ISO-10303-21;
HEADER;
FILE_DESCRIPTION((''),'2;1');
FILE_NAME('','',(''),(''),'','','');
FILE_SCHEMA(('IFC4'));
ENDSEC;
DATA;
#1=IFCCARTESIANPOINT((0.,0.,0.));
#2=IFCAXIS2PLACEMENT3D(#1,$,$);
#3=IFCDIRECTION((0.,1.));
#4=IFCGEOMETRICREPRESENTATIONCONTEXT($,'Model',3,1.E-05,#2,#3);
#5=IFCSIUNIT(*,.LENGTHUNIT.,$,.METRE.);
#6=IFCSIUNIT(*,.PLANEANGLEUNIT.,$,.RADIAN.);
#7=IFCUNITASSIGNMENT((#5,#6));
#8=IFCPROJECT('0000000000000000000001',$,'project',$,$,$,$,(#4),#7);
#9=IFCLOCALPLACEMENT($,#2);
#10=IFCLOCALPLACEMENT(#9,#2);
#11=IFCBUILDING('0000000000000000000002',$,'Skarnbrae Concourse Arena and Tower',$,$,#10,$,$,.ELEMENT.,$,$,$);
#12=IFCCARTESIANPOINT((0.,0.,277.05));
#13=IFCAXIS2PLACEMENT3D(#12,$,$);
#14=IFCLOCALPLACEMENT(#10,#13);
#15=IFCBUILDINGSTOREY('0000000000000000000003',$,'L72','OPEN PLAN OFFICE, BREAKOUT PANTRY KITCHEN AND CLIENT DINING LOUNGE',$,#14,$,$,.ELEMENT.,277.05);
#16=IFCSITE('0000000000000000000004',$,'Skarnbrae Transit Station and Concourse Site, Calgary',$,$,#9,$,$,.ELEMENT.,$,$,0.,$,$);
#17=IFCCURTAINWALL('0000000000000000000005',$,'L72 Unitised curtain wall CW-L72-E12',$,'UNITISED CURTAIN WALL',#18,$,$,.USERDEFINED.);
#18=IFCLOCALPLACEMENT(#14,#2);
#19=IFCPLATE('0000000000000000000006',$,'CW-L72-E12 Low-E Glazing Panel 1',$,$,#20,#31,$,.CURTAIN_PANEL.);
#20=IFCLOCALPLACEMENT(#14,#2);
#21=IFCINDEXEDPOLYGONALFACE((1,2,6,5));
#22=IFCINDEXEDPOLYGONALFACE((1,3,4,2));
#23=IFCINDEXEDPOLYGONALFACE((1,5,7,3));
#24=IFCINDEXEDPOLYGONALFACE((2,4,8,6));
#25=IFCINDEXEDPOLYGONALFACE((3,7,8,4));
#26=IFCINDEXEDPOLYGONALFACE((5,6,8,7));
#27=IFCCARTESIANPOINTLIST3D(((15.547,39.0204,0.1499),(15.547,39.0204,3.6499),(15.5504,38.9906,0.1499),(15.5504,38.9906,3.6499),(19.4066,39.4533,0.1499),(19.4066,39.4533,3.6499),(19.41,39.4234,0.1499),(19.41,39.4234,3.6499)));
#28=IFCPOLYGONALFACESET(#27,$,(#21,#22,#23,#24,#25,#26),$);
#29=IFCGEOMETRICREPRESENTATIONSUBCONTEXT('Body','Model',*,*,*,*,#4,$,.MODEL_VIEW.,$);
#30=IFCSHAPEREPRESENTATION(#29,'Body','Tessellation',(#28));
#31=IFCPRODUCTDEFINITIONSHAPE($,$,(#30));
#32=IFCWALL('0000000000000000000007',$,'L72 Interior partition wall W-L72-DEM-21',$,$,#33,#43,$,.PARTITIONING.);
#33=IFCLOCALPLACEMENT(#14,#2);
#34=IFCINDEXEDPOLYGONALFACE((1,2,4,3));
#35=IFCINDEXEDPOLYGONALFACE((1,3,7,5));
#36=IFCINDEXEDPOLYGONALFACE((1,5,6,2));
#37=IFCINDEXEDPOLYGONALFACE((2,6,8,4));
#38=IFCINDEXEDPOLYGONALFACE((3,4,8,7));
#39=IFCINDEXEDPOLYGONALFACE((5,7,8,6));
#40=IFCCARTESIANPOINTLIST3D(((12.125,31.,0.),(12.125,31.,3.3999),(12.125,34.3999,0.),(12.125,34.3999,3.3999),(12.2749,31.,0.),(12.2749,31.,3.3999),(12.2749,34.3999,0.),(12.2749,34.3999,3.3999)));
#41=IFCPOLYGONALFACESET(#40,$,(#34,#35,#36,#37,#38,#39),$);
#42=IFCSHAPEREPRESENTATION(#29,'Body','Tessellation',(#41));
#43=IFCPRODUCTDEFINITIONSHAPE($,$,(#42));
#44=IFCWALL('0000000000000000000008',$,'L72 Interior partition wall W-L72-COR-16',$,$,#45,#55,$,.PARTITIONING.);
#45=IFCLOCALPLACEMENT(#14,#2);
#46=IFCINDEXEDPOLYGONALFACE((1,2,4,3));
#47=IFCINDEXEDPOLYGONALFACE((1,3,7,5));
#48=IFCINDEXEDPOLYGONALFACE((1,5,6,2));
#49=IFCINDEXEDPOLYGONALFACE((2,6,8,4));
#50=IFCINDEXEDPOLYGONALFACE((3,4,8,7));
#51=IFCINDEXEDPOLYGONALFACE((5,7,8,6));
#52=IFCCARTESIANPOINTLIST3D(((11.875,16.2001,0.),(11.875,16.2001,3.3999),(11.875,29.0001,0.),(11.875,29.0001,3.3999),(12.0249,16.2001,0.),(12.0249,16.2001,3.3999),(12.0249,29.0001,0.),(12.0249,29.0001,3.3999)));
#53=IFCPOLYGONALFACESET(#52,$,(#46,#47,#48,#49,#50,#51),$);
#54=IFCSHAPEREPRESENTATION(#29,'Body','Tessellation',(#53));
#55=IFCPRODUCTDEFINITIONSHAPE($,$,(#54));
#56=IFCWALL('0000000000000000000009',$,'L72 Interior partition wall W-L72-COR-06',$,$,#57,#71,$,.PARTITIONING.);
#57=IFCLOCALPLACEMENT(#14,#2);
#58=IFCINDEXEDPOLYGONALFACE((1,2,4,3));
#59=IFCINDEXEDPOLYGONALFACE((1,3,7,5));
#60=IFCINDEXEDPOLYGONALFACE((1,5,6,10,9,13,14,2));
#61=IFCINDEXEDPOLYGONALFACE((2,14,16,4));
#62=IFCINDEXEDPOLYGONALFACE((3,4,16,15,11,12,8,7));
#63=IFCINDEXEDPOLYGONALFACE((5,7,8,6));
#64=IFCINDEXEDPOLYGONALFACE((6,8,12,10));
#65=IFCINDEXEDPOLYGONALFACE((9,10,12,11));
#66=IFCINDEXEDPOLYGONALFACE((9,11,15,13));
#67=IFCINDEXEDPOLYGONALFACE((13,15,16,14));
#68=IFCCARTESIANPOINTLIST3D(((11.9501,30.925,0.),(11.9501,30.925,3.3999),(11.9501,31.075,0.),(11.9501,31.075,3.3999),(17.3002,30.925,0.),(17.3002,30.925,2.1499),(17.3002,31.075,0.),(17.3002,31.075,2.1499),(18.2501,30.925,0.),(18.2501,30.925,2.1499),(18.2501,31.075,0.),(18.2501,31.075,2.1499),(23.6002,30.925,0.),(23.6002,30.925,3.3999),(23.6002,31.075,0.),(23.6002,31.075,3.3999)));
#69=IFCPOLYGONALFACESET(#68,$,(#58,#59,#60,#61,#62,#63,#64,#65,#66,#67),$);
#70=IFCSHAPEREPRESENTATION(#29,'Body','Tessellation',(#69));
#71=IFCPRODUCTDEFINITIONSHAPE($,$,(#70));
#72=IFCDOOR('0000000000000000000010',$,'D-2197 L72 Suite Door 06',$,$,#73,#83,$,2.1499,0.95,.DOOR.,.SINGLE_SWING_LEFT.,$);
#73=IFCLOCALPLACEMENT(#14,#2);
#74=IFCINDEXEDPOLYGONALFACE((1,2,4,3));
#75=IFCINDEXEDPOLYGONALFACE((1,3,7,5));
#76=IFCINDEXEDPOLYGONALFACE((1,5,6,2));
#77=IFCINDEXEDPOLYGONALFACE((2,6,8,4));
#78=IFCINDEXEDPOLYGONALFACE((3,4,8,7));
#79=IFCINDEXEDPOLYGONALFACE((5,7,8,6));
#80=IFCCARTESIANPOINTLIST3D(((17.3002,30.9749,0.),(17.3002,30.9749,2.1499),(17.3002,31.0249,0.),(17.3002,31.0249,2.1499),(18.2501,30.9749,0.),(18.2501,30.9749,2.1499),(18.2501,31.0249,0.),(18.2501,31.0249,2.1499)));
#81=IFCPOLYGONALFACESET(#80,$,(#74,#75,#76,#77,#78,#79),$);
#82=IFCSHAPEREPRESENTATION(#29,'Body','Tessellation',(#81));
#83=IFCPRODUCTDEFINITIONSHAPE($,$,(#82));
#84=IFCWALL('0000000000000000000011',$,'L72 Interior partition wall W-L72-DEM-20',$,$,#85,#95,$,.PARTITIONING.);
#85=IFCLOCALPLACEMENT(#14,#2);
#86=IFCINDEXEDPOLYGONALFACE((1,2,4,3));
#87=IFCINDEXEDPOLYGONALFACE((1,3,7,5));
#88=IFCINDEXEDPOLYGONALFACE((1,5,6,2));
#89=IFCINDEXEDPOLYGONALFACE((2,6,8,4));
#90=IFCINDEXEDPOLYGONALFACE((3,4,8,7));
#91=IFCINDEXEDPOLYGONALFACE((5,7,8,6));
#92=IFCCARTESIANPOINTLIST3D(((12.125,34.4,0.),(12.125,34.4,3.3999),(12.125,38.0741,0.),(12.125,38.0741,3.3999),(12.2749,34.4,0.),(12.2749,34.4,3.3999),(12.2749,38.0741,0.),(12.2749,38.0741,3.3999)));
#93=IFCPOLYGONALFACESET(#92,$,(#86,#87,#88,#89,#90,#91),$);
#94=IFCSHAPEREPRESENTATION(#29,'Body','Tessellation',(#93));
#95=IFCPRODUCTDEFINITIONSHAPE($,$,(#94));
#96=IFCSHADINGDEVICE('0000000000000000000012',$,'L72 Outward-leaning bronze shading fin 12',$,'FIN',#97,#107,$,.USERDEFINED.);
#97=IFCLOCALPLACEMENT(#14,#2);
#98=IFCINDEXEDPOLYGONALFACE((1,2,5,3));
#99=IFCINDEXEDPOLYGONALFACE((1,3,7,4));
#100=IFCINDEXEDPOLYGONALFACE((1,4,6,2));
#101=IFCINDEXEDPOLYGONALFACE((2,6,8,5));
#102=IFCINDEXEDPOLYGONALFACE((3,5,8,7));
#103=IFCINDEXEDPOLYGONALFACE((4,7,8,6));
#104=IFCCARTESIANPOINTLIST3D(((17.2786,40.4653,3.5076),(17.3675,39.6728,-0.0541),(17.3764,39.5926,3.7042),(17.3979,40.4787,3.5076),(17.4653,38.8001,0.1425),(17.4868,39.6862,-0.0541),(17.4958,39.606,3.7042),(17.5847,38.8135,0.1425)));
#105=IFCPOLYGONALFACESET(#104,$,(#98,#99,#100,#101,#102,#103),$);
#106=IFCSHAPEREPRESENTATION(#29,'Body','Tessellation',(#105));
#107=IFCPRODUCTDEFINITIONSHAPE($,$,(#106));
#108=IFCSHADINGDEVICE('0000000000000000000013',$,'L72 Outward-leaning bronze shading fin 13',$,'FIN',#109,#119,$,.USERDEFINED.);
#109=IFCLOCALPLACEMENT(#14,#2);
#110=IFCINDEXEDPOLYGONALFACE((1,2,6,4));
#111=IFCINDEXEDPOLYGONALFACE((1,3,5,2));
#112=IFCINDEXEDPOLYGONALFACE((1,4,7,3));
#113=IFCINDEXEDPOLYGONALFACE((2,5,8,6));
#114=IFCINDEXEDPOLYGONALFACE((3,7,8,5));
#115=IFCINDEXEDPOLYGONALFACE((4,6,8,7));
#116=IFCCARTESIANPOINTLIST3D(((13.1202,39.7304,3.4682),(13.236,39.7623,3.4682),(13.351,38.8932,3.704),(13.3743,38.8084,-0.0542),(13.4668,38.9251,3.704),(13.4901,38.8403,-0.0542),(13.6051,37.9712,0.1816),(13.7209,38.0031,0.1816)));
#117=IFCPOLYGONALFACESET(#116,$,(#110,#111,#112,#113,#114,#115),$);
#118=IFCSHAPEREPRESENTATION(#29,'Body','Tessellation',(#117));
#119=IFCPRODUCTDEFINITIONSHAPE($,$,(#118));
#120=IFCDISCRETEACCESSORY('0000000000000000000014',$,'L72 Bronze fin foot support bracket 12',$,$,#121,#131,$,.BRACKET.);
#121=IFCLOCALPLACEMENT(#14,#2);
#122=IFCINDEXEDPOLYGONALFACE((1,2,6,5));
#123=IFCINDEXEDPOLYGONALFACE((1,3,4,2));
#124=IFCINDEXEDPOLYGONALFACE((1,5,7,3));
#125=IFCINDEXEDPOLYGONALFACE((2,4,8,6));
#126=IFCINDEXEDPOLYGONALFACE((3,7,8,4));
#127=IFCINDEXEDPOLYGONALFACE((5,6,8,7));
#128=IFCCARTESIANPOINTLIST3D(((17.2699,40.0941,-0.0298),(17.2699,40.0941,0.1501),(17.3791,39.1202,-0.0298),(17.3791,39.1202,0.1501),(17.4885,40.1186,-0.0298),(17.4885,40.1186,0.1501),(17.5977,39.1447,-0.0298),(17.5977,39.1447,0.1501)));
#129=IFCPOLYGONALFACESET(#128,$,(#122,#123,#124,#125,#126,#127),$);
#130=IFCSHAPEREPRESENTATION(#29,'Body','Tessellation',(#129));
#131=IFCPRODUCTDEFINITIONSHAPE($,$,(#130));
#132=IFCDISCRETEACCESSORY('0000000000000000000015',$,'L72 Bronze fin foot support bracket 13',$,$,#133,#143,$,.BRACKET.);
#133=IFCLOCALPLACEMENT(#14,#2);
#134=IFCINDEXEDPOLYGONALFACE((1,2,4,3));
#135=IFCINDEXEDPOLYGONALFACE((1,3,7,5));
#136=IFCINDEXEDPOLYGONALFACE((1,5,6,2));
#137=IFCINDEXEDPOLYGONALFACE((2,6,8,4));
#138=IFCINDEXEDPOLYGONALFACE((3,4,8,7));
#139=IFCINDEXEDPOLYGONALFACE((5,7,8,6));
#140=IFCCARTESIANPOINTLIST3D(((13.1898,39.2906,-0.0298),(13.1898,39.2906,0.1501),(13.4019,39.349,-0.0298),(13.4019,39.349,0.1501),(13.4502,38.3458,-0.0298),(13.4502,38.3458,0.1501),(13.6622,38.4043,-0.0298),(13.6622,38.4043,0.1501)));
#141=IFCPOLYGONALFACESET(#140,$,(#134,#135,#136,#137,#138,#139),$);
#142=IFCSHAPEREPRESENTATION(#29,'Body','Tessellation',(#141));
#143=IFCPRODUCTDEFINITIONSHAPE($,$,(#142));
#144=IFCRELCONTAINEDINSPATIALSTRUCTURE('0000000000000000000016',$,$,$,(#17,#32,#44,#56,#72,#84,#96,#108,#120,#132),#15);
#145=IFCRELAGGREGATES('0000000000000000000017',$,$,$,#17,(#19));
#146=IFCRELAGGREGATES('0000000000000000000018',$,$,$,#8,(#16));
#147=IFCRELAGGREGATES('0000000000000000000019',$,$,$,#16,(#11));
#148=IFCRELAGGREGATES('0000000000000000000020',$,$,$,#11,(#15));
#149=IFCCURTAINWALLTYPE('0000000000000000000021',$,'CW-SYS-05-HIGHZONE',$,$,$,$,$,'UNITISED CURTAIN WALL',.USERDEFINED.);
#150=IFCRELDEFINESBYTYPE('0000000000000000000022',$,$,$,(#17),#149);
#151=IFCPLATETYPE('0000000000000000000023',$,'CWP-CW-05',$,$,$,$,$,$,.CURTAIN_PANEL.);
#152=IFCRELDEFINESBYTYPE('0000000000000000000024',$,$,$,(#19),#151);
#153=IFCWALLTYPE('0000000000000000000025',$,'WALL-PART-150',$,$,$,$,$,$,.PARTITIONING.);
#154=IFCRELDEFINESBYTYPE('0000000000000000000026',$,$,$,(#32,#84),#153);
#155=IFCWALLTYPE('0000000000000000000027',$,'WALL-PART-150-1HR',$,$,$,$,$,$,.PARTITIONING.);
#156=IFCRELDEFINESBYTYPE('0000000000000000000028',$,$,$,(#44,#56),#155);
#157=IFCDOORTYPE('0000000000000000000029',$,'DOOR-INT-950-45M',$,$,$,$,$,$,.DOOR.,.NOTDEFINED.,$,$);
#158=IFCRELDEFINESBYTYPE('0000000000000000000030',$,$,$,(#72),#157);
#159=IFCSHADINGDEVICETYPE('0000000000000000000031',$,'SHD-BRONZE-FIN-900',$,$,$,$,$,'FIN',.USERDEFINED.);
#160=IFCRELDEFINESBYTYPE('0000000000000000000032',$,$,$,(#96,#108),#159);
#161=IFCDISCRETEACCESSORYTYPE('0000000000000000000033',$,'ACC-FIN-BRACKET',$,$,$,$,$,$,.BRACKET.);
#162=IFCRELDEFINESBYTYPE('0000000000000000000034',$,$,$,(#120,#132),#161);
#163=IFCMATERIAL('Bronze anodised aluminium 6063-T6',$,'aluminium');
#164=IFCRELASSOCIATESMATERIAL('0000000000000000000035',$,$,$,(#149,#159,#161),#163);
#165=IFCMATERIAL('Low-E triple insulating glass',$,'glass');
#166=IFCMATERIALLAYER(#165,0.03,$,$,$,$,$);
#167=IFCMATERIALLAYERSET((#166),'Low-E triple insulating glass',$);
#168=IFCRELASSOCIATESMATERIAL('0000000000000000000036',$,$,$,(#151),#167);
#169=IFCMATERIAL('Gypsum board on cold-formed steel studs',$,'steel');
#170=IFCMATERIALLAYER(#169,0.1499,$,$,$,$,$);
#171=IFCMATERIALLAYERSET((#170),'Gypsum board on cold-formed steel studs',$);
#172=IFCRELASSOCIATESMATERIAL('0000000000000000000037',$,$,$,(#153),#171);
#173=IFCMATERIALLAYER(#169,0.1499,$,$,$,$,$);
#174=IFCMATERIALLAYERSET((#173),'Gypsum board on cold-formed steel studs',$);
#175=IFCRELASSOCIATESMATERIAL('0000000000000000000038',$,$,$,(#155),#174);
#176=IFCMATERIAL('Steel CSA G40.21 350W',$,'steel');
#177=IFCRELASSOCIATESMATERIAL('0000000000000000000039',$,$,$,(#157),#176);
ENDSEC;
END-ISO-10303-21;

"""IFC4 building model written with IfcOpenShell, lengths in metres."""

from ifc_helpers import new_model, si_unit, direction, frame, frame_2d, origin, origin_2d, place, context, subcontext, project, spatial, rectangle, extrude, source, transform, mapped, material, layer, layer_set, type_object, element, fill, aggregate, save


model = new_model("IFC4")

# Units and contexts
model_context = context("Model", 3, precision=1e-05, world=origin(), true_north=direction((0.0, 1.0)))
body_context = subcontext(model_context, "Body", "Model", "MODEL_VIEW")
ifc_project = project(units=[si_unit("LENGTHUNIT", "METRE"), si_unit("PLANEANGLEUNIT", "RADIAN")], contexts=[model_context])

# Site, building, storey
site_placement = place(None, origin())
site = spatial("IfcSite", under=ifc_project, at=site_placement, Name="Skarnbrae Transit Station and Concourse Site, Calgary", CompositionType="ELEMENT", RefElevation=0.0)
building_placement = place(site_placement, origin())
building = spatial("IfcBuilding", under=site, at=building_placement, Name="Skarnbrae Concourse Arena and Tower", CompositionType="ELEMENT")
storey_placement = place(building_placement, frame((0.0, 0.0, 277.05)))
storey = spatial("IfcBuildingStorey", under=building, at=storey_placement, Name="L72", Description="OPEN PLAN OFFICE, BREAKOUT PANTRY KITCHEN AND CLIENT DINING LOUNGE", CompositionType="ELEMENT", Elevation=277.05)

# Shared definitions
ifc_material_1 = material(Name="Steel CSA G40.21 350W", Category="steel")

# Shared definitions
ifc_material_2 = material(Name="Bronze anodised aluminium 6063-T6", Category="aluminium")
curtain_wall_type = type_object("IfcCurtainWallType", Name="CW-SYS-05-HIGHZONE", ElementType="UNITISED CURTAIN WALL", PredefinedType="USERDEFINED", material=ifc_material_2)

# Curtain wall
curtain_wall_1_placement = place(storey_placement, origin())
curtain_wall_1 = element("IfcCurtainWall", 1, at=curtain_wall_1_placement, inside=storey, type_object=curtain_wall_type, Name="L72 Unitised curtain wall CW-L72-E12", ObjectType="UNITISED CURTAIN WALL", PredefinedType="USERDEFINED")

# Plate
ifc_material_3 = material(Name="Low-E triple insulating glass", Category="glass")
ifc_layer_1 = layer(ifc_material_3, 0.03)
ifc_layer_set_1 = layer_set([ifc_layer_1], Name="Low-E triple insulating glass")
plate_type = type_object("IfcPlateType", Name="CWP-CW-05", PredefinedType="CURTAIN_PANEL", material=ifc_layer_set_1)
shared_shape_1 = source(origin(), body_context, "Body", "SweptSolid", [
    extrude(rectangle(XDim=3.8838, YDim=0.03, at=origin_2d()), origin(), (0.0, 0.0, 1.0), 3.5),
])
plate_1_placement = place(storey_placement, frame((17.4785, 39.2219, 0.1499), z_axis=(0.0, 0.0, 1.0), x_axis=(-0.993769, -0.11146, 0.0)))
plate_1 = element("IfcPlate", 2, at=plate_1_placement, type_object=plate_type, Name="CW-L72-E12 Low-E Glazing Panel 1", PredefinedType="CURTAIN_PANEL", context=body_context, shape_type="MappedRepresentation", body=[
    mapped(shared_shape_1, transform((0.0, 0.0, 0.0))),
])
aggregate(curtain_wall_1, [plate_1])

# Walls
ifc_material_4 = material(Name="Gypsum board on cold-formed steel studs", Category="steel")
ifc_layer_2 = layer(ifc_material_4, 0.1499)
ifc_layer_set_2 = layer_set([ifc_layer_2], Name="Gypsum board on cold-formed steel studs")
wall_type_1 = type_object("IfcWallType", Name="WALL-PART-150", PredefinedType="PARTITIONING", material=ifc_layer_set_2)
shared_shape_2 = source(origin(), body_context, "Body", "SweptSolid", [
    extrude(rectangle(XDim=3.3999, YDim=0.1499, at=frame_2d((1.7, 0.0))), origin(), (0.0, 0.0, 1.0), 3.3999),
])
wall_1_placement = place(storey_placement, frame((12.2, 34.3999, 0.0), z_axis=(0.0, 0.0, 1.0), x_axis=(0.0, -1.0, 0.0)))
element("IfcWall", 3, at=wall_1_placement, inside=storey, type_object=wall_type_1, Name="L72 Interior partition wall W-L72-DEM-21", PredefinedType="PARTITIONING", context=body_context, shape_type="MappedRepresentation", body=[
    mapped(shared_shape_2, transform((0.0, 0.0, 0.0))),
])
ifc_layer_3 = layer(ifc_material_4, 0.1499)
ifc_layer_set_3 = layer_set([ifc_layer_3], Name="Gypsum board on cold-formed steel studs")
wall_type_2 = type_object("IfcWallType", Name="WALL-PART-150-1HR", PredefinedType="PARTITIONING", material=ifc_layer_set_3)
shared_shape_3 = source(origin(), body_context, "Body", "SweptSolid", [
    extrude(rectangle(XDim=12.8, YDim=0.1499, at=frame_2d((6.3999, 0.0))), origin(), (0.0, 0.0, 1.0), 3.3999),
])
wall_2_placement = place(storey_placement, frame((11.95, 29.0, 0.0), z_axis=(0.0, 0.0, 1.0), x_axis=(0.0, -1.0, 0.0)))
element("IfcWall", 4, at=wall_2_placement, inside=storey, type_object=wall_type_2, Name="L72 Interior partition wall W-L72-COR-16", PredefinedType="PARTITIONING", context=body_context, shape_type="MappedRepresentation", body=[
    mapped(shared_shape_3, transform((0.0, 0.0, 0.0))),
])

# Wall, opening, door
shared_shape_4 = source(origin(), body_context, "Body", "SweptSolid", [
    extrude(rectangle(XDim=11.6501, YDim=0.1499, at=frame_2d((5.8252, 0.0))), origin(), (0.0, 0.0, 1.0), 3.3999),
])
wall_3_placement = place(storey_placement, frame((11.95, 31.0, 0.0), z_axis=(0.0, 0.0, 1.0), x_axis=(1.0, 0.0, 0.0)))
wall_3 = element("IfcWall", 5, at=wall_3_placement, inside=storey, type_object=wall_type_2, Name="L72 Interior partition wall W-L72-COR-06", PredefinedType="PARTITIONING", context=body_context, shape_type="MappedRepresentation", body=[
    mapped(shared_shape_4, transform((0.0, 0.0, 0.0))),
])
opening_placement = place(wall_3_placement, frame((5.3501, 0.0, 0.0)))
opening = element("IfcOpeningElement", 6, at=opening_placement, cuts=wall_3, PredefinedType="OPENING", context=body_context, shape_type="SweptSolid", body=[
    extrude(rectangle(XDim=0.95, YDim=2.1499, at=frame_2d((0.4751, 1.075))), frame((0.0, 0.085, 0.0), z_axis=(0.0, -1.0, 0.0), x_axis=(1.0, 0.0, 0.0)), (0.0, 0.0, 1.0), 0.1699),
])
door_type = type_object("IfcDoorType", Name="DOOR-INT-950-45M", OperationType="NOTDEFINED", PredefinedType="DOOR", material=ifc_material_1)
shared_shape_5 = source(origin(), body_context, "Body", "SweptSolid", [
    extrude(rectangle(XDim=0.95, YDim=2.1499, at=frame_2d((0.4751, 1.075))), frame((0.0, 0.0249, 0.0), z_axis=(0.0, -1.0, 0.0), x_axis=(1.0, 0.0, 0.0)), (0.0, 0.0, 1.0), 0.05),
])
door_placement = place(opening_placement, origin())
door = element("IfcDoor", 7, at=door_placement, inside=storey, type_object=door_type, Name="D-2197 L72 Suite Door 06", OperationType="SINGLE_SWING_LEFT", OverallHeight=2.1499, OverallWidth=0.95, PredefinedType="DOOR", context=body_context, shape_type="MappedRepresentation", body=[
    mapped(shared_shape_5, transform((0.0, 0.0, 0.0))),
])
fill(opening, door)

# Wall
shared_shape_6 = source(origin(), body_context, "Body", "SweptSolid", [
    extrude(rectangle(XDim=3.6741, YDim=0.1499, at=frame_2d((1.8369, 0.0))), origin(), (0.0, 0.0, 1.0), 3.3999),
])
wall_4_placement = place(storey_placement, frame((12.2, 38.074, 0.0), z_axis=(0.0, 0.0, 1.0), x_axis=(0.0, -1.0, 0.0)))
element("IfcWall", 8, at=wall_4_placement, inside=storey, type_object=wall_type_1, Name="L72 Interior partition wall W-L72-DEM-20", PredefinedType="PARTITIONING", context=body_context, shape_type="MappedRepresentation", body=[
    mapped(shared_shape_6, transform((0.0, 0.0, 0.0))),
])

# Shading devices
shading_device_type = type_object("IfcShadingDeviceType", Name="SHD-BRONZE-FIN-900", ElementType="FIN", PredefinedType="USERDEFINED", material=ifc_material_2)
shared_shape_7 = source(origin(), body_context, "Body", "SweptSolid", [
    extrude(rectangle(XDim=0.1201, YDim=0.8999, at=origin_2d()), origin(), (0.0, 0.0, 1.0), 3.6499),
])
for number, where, z_axis, x_axis, name in (
    (9, (17.4761, 39.2432, 0.0442), (-0.02435, 0.217123, 0.975841), (0.99377, 0.111452, 0.0), "L72 Outward-leaning bronze shading fin 12"),
    (10, (13.5476, 38.4058, 0.0637), (-0.069616, 0.252603, 0.965062), (0.964058, 0.265691, 0.0), "L72 Outward-leaning bronze shading fin 13"),
):
    element("IfcShadingDevice", number, at=place(storey_placement, frame(where, z_axis=z_axis, x_axis=x_axis)), inside=storey, type_object=shading_device_type, Name=name, ObjectType="FIN", PredefinedType="USERDEFINED", context=body_context, shape_type="MappedRepresentation", body=[
        mapped(shared_shape_7, transform((0.0, 0.0, 0.0))),
    ])

# Discrete accessories
discrete_accessory_type = type_object("IfcDiscreteAccessoryType", Name="ACC-FIN-BRACKET", PredefinedType="BRACKET", material=ifc_material_2)
shared_shape_8 = source(origin(), body_context, "Body", "SweptSolid", [
    extrude(rectangle(XDim=0.22, YDim=0.98, at=origin_2d()), origin(), (0.0, 0.0, 1.0), 0.1799),
])
for number, where, z_axis, x_axis, name in (
    (11, (17.4338, 39.6194, -0.0298), (0.0, 0.0, 1.0), (0.99377, 0.111452, 0.0), "L72 Bronze fin foot support bracket 12"),
    (12, (13.426, 38.8474, -0.0298), (0.0, 0.0, 1.0), (0.964058, 0.265691, 0.0), "L72 Bronze fin foot support bracket 13"),
):
    element("IfcDiscreteAccessory", number, at=place(storey_placement, frame(where, z_axis=z_axis, x_axis=x_axis)), inside=storey, type_object=discrete_accessory_type, Name=name, PredefinedType="BRACKET", context=body_context, shape_type="MappedRepresentation", body=[
        mapped(shared_shape_8, transform((0.0, 0.0, 0.0))),
    ])

save(model, "model.ifc")
